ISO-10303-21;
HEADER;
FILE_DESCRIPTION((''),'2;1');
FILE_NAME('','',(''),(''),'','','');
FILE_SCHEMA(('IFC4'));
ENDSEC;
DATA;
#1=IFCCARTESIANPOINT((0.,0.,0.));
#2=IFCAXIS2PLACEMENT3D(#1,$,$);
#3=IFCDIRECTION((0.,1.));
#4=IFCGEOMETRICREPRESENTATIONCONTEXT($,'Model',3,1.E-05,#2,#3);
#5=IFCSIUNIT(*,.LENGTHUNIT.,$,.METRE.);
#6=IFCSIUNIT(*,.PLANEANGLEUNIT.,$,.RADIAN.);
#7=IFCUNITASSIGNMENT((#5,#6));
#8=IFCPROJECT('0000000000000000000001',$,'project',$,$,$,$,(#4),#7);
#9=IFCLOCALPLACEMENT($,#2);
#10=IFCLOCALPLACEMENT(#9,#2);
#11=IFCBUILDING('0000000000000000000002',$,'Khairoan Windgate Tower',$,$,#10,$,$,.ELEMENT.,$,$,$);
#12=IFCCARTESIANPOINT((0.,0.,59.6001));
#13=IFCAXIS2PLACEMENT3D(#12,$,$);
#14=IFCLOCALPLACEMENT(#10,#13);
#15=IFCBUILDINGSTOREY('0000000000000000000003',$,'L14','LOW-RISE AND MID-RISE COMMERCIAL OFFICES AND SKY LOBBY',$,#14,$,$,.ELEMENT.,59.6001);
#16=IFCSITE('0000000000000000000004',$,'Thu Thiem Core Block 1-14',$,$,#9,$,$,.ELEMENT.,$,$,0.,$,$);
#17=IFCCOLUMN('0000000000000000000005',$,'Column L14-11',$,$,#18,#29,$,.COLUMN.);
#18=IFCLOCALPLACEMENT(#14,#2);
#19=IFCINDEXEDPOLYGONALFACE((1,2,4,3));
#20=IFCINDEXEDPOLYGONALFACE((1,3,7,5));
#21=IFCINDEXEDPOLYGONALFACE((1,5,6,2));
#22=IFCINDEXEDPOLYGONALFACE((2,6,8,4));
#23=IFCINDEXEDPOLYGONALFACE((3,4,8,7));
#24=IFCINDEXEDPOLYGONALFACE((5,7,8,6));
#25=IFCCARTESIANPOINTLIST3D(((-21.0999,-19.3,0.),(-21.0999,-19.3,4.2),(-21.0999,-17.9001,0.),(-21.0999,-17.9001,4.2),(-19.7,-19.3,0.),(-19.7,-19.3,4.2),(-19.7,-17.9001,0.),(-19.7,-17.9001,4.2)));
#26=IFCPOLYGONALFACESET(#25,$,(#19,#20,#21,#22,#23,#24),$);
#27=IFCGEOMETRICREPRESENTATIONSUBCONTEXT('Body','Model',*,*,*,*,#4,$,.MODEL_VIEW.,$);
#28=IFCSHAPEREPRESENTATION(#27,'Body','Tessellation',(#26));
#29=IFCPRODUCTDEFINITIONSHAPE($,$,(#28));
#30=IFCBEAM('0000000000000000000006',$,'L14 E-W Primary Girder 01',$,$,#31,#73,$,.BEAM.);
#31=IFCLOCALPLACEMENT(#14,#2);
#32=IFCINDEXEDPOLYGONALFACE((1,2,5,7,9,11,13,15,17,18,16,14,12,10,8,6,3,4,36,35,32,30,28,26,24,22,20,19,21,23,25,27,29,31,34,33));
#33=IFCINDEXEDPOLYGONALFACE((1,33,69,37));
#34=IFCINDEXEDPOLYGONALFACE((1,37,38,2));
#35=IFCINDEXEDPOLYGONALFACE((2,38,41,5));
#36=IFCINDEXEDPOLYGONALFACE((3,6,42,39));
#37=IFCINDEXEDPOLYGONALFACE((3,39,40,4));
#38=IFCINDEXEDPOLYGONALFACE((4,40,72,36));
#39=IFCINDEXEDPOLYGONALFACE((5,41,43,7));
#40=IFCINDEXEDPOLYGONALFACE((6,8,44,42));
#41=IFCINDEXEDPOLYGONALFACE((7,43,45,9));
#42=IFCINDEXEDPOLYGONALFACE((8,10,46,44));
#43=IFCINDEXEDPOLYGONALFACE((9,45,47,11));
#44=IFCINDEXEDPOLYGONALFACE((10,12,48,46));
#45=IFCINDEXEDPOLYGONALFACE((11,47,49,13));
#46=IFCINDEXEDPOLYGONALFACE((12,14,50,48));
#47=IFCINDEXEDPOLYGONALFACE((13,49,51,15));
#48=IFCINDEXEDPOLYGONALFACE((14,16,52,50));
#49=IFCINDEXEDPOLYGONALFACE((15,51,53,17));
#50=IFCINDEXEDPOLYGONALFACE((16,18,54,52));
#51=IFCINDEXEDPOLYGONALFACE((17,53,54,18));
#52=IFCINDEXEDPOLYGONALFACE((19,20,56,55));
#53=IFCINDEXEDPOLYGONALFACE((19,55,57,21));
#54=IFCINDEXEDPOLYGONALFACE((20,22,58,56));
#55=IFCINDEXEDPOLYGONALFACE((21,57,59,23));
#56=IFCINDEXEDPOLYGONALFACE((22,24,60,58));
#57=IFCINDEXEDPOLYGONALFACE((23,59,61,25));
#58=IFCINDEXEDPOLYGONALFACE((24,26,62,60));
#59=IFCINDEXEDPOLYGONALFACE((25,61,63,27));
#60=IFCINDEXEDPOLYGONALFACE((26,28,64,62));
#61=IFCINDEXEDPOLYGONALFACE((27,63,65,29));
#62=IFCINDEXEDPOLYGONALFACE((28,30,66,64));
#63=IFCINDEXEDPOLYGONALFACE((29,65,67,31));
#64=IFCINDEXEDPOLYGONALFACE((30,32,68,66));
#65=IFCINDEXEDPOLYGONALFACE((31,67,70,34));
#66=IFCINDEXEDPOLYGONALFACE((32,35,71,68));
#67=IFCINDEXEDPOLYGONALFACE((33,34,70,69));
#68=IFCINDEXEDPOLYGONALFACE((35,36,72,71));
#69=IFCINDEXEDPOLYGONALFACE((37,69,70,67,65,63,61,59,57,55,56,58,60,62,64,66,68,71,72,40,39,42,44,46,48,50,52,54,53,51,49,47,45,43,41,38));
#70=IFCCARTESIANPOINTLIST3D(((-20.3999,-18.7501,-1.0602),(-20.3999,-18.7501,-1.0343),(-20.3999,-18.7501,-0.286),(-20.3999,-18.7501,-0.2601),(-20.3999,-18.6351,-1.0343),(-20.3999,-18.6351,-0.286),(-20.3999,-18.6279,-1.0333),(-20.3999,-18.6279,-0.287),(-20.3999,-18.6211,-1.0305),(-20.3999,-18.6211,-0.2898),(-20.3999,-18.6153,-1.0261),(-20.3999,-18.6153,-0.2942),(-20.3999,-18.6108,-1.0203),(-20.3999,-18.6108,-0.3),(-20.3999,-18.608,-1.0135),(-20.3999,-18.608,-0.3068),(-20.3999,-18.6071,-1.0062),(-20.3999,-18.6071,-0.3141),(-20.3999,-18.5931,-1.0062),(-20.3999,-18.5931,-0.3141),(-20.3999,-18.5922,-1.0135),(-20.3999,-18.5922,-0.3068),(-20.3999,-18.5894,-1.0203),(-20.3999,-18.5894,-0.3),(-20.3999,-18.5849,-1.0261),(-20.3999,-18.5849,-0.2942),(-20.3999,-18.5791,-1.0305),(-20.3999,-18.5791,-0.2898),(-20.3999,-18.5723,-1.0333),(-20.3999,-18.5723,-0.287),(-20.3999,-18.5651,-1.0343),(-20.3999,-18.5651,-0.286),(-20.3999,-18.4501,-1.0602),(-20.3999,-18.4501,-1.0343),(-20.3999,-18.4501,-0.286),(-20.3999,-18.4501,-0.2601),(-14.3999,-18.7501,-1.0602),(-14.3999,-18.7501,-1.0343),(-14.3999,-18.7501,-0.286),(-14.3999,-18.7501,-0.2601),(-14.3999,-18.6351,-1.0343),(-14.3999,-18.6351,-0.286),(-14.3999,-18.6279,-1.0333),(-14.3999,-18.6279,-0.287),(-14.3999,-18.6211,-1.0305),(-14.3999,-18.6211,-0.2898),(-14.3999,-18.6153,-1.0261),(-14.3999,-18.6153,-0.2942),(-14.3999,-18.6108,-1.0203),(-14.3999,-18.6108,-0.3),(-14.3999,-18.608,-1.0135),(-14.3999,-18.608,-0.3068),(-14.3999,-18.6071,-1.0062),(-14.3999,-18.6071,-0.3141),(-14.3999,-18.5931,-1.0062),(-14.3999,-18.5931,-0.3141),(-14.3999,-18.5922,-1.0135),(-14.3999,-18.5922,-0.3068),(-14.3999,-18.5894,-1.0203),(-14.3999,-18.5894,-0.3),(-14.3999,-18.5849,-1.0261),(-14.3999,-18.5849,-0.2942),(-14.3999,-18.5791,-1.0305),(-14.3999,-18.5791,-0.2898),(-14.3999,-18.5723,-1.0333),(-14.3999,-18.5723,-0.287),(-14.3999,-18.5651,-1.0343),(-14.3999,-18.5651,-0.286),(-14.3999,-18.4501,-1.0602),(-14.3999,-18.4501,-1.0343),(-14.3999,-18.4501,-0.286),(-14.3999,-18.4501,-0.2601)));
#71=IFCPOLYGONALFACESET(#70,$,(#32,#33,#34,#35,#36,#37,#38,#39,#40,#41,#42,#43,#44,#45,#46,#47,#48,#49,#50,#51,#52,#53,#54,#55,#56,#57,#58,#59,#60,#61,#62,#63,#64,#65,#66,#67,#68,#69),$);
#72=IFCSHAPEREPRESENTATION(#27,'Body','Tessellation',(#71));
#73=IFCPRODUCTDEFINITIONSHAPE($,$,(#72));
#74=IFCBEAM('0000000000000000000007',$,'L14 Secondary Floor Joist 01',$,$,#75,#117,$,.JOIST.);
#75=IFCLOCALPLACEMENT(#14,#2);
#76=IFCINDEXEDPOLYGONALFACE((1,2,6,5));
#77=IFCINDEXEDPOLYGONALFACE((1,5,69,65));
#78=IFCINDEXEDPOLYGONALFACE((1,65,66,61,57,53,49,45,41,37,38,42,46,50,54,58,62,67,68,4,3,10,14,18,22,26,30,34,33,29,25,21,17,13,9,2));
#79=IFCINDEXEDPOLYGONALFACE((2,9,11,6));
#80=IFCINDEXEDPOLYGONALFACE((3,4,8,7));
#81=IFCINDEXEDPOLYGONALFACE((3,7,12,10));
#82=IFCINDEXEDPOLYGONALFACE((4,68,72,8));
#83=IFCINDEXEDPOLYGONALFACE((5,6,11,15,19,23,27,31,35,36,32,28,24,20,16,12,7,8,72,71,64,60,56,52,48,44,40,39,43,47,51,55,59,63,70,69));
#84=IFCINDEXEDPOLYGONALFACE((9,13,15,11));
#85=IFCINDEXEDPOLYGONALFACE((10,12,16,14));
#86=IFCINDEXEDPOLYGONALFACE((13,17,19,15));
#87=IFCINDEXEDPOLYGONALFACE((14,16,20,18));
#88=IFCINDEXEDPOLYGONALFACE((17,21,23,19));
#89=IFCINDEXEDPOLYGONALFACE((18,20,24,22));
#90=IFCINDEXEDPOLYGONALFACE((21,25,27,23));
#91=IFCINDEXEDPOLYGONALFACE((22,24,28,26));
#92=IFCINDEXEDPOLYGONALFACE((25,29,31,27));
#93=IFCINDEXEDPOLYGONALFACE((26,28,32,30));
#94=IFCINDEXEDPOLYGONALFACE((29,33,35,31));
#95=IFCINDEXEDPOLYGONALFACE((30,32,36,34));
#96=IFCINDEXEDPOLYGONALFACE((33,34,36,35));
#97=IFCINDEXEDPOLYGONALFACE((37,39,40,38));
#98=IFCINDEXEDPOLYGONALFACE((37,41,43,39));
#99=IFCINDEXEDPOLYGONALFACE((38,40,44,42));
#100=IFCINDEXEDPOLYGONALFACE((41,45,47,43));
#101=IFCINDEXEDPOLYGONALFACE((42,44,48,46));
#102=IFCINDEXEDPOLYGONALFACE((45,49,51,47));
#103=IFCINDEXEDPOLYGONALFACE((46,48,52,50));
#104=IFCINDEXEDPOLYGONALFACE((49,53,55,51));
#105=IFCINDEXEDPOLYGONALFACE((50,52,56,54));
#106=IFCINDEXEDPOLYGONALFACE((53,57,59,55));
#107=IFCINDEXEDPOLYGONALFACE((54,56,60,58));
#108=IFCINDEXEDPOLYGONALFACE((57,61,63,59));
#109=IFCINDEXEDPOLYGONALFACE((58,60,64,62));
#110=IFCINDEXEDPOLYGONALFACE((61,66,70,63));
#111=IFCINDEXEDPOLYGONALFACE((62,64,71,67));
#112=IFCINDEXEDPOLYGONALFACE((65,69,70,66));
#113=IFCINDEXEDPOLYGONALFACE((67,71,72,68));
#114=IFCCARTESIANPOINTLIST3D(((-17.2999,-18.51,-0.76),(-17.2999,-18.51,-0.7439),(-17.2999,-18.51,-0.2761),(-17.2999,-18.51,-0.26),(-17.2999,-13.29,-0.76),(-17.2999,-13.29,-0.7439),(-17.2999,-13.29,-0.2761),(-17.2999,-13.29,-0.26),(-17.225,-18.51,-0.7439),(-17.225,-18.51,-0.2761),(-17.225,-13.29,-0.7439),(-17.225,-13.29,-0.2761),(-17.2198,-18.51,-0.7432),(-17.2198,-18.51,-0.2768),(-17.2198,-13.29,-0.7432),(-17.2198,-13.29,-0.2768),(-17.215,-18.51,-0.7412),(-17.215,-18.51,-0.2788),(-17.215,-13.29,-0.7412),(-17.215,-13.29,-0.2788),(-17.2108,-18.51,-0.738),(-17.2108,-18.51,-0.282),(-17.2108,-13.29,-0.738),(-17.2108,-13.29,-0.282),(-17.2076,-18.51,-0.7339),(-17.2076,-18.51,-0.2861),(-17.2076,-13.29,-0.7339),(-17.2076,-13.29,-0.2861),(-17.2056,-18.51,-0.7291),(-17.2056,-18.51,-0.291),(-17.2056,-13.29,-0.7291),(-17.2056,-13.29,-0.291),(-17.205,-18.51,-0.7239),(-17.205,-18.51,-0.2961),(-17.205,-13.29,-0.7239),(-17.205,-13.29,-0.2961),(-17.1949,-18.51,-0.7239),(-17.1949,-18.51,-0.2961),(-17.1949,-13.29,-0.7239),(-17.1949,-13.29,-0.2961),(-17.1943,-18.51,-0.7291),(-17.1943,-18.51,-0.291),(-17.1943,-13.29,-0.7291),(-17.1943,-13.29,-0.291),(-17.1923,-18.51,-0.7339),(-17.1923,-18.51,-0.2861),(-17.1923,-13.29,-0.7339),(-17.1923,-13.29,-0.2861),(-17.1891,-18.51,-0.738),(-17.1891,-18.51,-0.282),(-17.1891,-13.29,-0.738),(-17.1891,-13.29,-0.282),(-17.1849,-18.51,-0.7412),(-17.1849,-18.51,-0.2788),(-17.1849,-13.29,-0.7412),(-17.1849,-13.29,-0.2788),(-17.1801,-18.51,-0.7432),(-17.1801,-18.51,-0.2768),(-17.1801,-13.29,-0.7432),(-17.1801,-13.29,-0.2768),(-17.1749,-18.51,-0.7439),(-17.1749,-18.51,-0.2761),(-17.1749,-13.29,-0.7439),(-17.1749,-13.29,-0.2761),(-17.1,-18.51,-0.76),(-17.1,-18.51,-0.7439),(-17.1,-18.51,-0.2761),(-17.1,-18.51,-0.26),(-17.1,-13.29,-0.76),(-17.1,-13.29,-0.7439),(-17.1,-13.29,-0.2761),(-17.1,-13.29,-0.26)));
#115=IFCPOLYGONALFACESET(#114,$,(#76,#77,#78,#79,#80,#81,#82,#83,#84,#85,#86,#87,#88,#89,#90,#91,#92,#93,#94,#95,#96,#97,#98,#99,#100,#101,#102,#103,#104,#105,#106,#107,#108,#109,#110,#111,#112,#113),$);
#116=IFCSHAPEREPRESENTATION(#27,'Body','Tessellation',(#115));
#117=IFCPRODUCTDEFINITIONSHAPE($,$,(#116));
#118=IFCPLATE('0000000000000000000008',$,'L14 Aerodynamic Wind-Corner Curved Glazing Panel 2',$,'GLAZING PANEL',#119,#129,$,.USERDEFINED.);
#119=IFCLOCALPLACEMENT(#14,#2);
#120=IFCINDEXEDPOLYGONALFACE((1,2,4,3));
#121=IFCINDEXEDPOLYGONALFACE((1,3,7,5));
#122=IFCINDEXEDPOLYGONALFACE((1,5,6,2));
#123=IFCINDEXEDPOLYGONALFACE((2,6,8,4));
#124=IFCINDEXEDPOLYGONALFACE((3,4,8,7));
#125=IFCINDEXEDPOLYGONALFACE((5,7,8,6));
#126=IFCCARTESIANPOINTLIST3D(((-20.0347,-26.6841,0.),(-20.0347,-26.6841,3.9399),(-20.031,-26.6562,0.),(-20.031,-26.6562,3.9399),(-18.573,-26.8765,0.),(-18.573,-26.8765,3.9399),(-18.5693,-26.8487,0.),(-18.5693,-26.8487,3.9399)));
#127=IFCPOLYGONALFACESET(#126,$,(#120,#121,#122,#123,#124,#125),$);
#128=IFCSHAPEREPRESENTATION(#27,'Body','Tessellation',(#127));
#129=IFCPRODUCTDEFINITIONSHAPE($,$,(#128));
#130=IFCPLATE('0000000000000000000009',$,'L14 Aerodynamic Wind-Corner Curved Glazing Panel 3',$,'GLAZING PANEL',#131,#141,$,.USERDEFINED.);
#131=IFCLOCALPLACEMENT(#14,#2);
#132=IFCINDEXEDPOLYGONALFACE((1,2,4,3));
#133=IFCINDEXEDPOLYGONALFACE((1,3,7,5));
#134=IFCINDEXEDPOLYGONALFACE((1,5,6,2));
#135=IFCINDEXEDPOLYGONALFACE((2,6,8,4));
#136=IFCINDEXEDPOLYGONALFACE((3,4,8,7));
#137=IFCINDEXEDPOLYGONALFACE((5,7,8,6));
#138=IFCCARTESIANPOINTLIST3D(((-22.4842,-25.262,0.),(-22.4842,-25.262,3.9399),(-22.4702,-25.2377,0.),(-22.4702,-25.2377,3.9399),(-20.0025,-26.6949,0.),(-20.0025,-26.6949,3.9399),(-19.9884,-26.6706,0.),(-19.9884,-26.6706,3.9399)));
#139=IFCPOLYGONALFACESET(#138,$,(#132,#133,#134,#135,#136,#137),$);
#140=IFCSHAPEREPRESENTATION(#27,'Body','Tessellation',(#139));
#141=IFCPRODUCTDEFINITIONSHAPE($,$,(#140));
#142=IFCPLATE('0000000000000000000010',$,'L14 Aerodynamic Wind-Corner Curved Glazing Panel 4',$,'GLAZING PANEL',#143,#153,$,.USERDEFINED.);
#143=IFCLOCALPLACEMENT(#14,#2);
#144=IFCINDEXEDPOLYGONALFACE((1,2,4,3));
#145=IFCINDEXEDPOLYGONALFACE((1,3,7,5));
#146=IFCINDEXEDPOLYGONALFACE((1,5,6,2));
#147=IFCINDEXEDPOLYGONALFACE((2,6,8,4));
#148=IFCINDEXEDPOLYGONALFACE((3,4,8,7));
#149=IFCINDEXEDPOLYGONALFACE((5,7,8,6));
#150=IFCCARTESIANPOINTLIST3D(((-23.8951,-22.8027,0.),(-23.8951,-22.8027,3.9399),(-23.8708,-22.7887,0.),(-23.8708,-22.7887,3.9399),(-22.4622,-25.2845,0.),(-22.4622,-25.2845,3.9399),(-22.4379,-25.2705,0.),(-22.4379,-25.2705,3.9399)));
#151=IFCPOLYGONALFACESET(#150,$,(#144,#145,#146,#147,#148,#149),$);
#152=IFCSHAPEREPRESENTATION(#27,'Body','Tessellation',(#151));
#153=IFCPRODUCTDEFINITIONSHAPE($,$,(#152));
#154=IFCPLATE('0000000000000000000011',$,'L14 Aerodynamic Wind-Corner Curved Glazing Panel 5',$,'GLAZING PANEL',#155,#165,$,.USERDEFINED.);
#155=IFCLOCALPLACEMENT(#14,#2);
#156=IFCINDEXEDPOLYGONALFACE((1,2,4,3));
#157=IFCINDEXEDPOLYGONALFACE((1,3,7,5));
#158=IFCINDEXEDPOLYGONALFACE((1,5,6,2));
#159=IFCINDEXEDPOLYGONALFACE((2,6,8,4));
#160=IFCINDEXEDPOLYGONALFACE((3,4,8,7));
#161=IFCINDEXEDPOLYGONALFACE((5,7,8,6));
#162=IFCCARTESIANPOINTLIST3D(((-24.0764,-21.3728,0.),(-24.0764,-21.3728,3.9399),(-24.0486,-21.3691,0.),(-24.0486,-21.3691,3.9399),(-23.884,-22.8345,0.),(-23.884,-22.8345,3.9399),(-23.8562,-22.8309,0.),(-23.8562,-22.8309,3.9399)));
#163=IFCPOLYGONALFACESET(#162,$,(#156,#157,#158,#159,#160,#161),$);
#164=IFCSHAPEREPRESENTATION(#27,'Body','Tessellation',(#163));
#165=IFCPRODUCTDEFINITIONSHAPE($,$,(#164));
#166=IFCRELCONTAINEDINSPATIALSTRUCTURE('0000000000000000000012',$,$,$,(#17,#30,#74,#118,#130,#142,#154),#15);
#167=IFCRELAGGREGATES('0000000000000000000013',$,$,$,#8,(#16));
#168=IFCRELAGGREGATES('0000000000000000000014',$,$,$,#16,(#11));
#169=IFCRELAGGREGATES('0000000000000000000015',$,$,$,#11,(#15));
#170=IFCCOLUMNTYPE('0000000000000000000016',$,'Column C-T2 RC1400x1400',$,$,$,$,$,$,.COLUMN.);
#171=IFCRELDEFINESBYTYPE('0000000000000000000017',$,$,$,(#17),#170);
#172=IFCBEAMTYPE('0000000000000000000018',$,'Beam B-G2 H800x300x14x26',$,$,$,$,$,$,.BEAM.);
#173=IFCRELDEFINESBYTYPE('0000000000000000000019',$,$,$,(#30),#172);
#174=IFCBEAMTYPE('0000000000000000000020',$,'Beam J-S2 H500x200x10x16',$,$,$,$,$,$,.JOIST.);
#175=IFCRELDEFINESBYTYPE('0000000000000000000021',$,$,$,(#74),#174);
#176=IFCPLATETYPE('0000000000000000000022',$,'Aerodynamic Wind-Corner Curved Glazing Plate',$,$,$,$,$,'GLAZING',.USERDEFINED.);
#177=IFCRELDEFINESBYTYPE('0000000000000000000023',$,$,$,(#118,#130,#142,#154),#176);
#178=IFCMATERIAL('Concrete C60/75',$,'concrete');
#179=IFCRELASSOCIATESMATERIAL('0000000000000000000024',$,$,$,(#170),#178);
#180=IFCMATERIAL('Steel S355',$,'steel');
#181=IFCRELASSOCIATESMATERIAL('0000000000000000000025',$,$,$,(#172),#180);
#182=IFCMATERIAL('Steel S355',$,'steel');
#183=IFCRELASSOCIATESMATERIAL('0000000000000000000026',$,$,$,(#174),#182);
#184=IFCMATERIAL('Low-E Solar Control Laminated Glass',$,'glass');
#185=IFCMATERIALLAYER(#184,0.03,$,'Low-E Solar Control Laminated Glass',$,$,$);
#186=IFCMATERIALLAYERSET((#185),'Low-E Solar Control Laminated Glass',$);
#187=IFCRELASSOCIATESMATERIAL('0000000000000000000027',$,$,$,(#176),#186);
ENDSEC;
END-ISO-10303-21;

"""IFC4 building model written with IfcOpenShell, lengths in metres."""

from ifc_helpers import new_model, si_unit, direction, frame, origin, origin_2d, place, context, subcontext, project, spatial, rectangle, i_section, extrude, material, layer, layer_set, material_profile, profile_set, type_object, element, save


model = new_model("IFC4")

# Units and contexts
model_context = context("Model", 3, precision=1e-05, world=origin(), true_north=direction((0.0, 1.0)))
body_context = subcontext(model_context, "Body", "Model", "MODEL_VIEW")
ifc_project = project(units=[si_unit("LENGTHUNIT", "METRE"), si_unit("PLANEANGLEUNIT", "RADIAN")], contexts=[model_context])

# Site, building, storey
site_placement = place(None, origin())
site = spatial("IfcSite", under=ifc_project, at=site_placement, Name="Thu Thiem Core Block 1-14", CompositionType="ELEMENT", RefElevation=0.0)
building_placement = place(site_placement, origin())
building = spatial("IfcBuilding", under=site, at=building_placement, Name="Khairoan Windgate Tower", CompositionType="ELEMENT")
storey_placement = place(building_placement, frame((0.0, 0.0, 59.6001)))
storey = spatial("IfcBuildingStorey", under=building, at=storey_placement, Name="L14", Description="LOW-RISE AND MID-RISE COMMERCIAL OFFICES AND SKY LOBBY", CompositionType="ELEMENT", Elevation=59.6001)

# Column
ifc_material_1 = material(Name="Concrete C60/75", Category="concrete")
ifc_material_profile_1 = material_profile(ifc_material_1, rectangle(XDim=1.3999, YDim=1.3999, at=origin_2d()))
ifc_profile_set_1 = profile_set([ifc_material_profile_1], Name="Concrete C60/75")
column_type = type_object("IfcColumnType", Name="Column C-T2 RC1400x1400", PredefinedType="COLUMN", material=ifc_profile_set_1)
column_placement = place(storey_placement, frame((-20.3999, -18.6001, 0.0), z_axis=(0.0, 0.0, 1.0), x_axis=(1.0, 0.0, 0.0)))
element("IfcColumn", 1, at=column_placement, inside=storey, type_object=column_type, Name="Column L14-11", PredefinedType="COLUMN", context=body_context, shape_type="SweptSolid", body=[
    extrude(rectangle(XDim=1.3999, YDim=1.3999, at=origin_2d()), origin(), (0.0, 0.0, 1.0), 4.2),
])

# Beams
ifc_material_2 = material(Name="Steel S355", Category="steel")
ifc_material_profile_2 = material_profile(ifc_material_2, i_section(OverallWidth=0.3, OverallDepth=0.8, WebThickness=0.0139, FlangeThickness=0.0259, FilletRadius=0.0281, at=origin_2d()))
ifc_profile_set_2 = profile_set([ifc_material_profile_2], Name="Steel S355")
beam_type_1 = type_object("IfcBeamType", Name="Beam B-G2 H800x300x14x26", PredefinedType="BEAM", material=ifc_profile_set_2)
beam_1_placement = place(storey_placement, frame((-20.3999, -18.6001, -0.6602), z_axis=(1.0, 0.0, 0.0), x_axis=(0.0, 1.0, 0.0)))
element("IfcBeam", 2, at=beam_1_placement, inside=storey, type_object=beam_type_1, Name="L14 E-W Primary Girder 01", PredefinedType="BEAM", context=body_context, shape_type="SweptSolid", body=[
    extrude(i_section(OverallWidth=0.3, OverallDepth=0.8, WebThickness=0.0139, FlangeThickness=0.0259, FilletRadius=0.0281, at=origin_2d()), origin(), (0.0, 0.0, 1.0), 6.0),
])
ifc_material_3 = material(Name="Steel S355", Category="steel")
ifc_material_profile_3 = material_profile(ifc_material_3, i_section(OverallWidth=0.2, OverallDepth=0.5, WebThickness=0.01, FlangeThickness=0.0161, FilletRadius=0.02, at=origin_2d()))
ifc_profile_set_3 = profile_set([ifc_material_profile_3], Name="Steel S355")
beam_type_2 = type_object("IfcBeamType", Name="Beam J-S2 H500x200x10x16", PredefinedType="JOIST", material=ifc_profile_set_3)
beam_2_placement = place(storey_placement, frame((-17.2, -18.51, -0.51), z_axis=(0.0, 1.0, 0.0), x_axis=(-1.0, 0.0, 0.0)))
element("IfcBeam", 3, at=beam_2_placement, inside=storey, type_object=beam_type_2, Name="L14 Secondary Floor Joist 01", PredefinedType="JOIST", context=body_context, shape_type="SweptSolid", body=[
    extrude(i_section(OverallWidth=0.2, OverallDepth=0.5, WebThickness=0.01, FlangeThickness=0.0161, FilletRadius=0.02, at=origin_2d()), origin(), (0.0, 0.0, 1.0), 5.22),
])

# Plates
ifc_material_4 = material(Name="Low-E Solar Control Laminated Glass", Category="glass")
ifc_layer_1 = layer(ifc_material_4, 0.03, Name="Low-E Solar Control Laminated Glass")
ifc_layer_set_1 = layer_set([ifc_layer_1], Name="Low-E Solar Control Laminated Glass")
plate_type_1 = type_object("IfcPlateType", Name="Aerodynamic Wind-Corner Curved Glazing Plate", ElementType="GLAZING", PredefinedType="USERDEFINED", material=ifc_layer_set_1)
plate_1_placement = place(storey_placement, frame((-19.302, -26.7664, 0.0), z_axis=(0.0, 0.0, 1.0), x_axis=(-0.991445, 0.130526, 0.0)))
element("IfcPlate", 4, at=plate_1_placement, inside=storey, type_object=plate_type_1, Name="L14 Aerodynamic Wind-Corner Curved Glazing Panel 2", ObjectType="GLAZING PANEL", PredefinedType="USERDEFINED", context=body_context, shape_type="SweptSolid", body=[
    extrude(rectangle(XDim=1.4744, YDim=0.0281, at=origin_2d()), origin(), (0.0, 0.0, 1.0), 3.9399),
])
for number, where, z_axis, x_axis, name in (
    (5, (-21.2363, -25.9663, 0.0), (0.0, 0.0, 1.0), (-0.866025, 0.5, 0.0), "L14 Aerodynamic Wind-Corner Curved Glazing Panel 3"),
    (6, (-23.1665, -24.0366, 0.0), (0.0, 0.0, 1.0), (-0.5, 0.866025, 0.0), "L14 Aerodynamic Wind-Corner Curved Glazing Panel 4"),
):
    element("IfcPlate", number, at=place(storey_placement, frame(where, z_axis=z_axis, x_axis=x_axis)), inside=storey, type_object=plate_type_1, Name=name, ObjectType="GLAZING PANEL", PredefinedType="USERDEFINED", context=body_context, shape_type="SweptSolid", body=[
        extrude(rectangle(XDim=2.8657, YDim=0.0281, at=origin_2d()), origin(), (0.0, 0.0, 1.0), 3.9399),
    ])
plate_2_placement = place(storey_placement, frame((-23.9663, -22.1018, 0.0), z_axis=(0.0, 0.0, 1.0), x_axis=(-0.130526, 0.991445, 0.0)))
element("IfcPlate", 7, at=plate_2_placement, inside=storey, type_object=plate_type_1, Name="L14 Aerodynamic Wind-Corner Curved Glazing Panel 5", ObjectType="GLAZING PANEL", PredefinedType="USERDEFINED", context=body_context, shape_type="SweptSolid", body=[
    extrude(rectangle(XDim=1.4744, YDim=0.0281, at=origin_2d()), origin(), (0.0, 0.0, 1.0), 3.9399),
])

save(model, "model.ifc")
